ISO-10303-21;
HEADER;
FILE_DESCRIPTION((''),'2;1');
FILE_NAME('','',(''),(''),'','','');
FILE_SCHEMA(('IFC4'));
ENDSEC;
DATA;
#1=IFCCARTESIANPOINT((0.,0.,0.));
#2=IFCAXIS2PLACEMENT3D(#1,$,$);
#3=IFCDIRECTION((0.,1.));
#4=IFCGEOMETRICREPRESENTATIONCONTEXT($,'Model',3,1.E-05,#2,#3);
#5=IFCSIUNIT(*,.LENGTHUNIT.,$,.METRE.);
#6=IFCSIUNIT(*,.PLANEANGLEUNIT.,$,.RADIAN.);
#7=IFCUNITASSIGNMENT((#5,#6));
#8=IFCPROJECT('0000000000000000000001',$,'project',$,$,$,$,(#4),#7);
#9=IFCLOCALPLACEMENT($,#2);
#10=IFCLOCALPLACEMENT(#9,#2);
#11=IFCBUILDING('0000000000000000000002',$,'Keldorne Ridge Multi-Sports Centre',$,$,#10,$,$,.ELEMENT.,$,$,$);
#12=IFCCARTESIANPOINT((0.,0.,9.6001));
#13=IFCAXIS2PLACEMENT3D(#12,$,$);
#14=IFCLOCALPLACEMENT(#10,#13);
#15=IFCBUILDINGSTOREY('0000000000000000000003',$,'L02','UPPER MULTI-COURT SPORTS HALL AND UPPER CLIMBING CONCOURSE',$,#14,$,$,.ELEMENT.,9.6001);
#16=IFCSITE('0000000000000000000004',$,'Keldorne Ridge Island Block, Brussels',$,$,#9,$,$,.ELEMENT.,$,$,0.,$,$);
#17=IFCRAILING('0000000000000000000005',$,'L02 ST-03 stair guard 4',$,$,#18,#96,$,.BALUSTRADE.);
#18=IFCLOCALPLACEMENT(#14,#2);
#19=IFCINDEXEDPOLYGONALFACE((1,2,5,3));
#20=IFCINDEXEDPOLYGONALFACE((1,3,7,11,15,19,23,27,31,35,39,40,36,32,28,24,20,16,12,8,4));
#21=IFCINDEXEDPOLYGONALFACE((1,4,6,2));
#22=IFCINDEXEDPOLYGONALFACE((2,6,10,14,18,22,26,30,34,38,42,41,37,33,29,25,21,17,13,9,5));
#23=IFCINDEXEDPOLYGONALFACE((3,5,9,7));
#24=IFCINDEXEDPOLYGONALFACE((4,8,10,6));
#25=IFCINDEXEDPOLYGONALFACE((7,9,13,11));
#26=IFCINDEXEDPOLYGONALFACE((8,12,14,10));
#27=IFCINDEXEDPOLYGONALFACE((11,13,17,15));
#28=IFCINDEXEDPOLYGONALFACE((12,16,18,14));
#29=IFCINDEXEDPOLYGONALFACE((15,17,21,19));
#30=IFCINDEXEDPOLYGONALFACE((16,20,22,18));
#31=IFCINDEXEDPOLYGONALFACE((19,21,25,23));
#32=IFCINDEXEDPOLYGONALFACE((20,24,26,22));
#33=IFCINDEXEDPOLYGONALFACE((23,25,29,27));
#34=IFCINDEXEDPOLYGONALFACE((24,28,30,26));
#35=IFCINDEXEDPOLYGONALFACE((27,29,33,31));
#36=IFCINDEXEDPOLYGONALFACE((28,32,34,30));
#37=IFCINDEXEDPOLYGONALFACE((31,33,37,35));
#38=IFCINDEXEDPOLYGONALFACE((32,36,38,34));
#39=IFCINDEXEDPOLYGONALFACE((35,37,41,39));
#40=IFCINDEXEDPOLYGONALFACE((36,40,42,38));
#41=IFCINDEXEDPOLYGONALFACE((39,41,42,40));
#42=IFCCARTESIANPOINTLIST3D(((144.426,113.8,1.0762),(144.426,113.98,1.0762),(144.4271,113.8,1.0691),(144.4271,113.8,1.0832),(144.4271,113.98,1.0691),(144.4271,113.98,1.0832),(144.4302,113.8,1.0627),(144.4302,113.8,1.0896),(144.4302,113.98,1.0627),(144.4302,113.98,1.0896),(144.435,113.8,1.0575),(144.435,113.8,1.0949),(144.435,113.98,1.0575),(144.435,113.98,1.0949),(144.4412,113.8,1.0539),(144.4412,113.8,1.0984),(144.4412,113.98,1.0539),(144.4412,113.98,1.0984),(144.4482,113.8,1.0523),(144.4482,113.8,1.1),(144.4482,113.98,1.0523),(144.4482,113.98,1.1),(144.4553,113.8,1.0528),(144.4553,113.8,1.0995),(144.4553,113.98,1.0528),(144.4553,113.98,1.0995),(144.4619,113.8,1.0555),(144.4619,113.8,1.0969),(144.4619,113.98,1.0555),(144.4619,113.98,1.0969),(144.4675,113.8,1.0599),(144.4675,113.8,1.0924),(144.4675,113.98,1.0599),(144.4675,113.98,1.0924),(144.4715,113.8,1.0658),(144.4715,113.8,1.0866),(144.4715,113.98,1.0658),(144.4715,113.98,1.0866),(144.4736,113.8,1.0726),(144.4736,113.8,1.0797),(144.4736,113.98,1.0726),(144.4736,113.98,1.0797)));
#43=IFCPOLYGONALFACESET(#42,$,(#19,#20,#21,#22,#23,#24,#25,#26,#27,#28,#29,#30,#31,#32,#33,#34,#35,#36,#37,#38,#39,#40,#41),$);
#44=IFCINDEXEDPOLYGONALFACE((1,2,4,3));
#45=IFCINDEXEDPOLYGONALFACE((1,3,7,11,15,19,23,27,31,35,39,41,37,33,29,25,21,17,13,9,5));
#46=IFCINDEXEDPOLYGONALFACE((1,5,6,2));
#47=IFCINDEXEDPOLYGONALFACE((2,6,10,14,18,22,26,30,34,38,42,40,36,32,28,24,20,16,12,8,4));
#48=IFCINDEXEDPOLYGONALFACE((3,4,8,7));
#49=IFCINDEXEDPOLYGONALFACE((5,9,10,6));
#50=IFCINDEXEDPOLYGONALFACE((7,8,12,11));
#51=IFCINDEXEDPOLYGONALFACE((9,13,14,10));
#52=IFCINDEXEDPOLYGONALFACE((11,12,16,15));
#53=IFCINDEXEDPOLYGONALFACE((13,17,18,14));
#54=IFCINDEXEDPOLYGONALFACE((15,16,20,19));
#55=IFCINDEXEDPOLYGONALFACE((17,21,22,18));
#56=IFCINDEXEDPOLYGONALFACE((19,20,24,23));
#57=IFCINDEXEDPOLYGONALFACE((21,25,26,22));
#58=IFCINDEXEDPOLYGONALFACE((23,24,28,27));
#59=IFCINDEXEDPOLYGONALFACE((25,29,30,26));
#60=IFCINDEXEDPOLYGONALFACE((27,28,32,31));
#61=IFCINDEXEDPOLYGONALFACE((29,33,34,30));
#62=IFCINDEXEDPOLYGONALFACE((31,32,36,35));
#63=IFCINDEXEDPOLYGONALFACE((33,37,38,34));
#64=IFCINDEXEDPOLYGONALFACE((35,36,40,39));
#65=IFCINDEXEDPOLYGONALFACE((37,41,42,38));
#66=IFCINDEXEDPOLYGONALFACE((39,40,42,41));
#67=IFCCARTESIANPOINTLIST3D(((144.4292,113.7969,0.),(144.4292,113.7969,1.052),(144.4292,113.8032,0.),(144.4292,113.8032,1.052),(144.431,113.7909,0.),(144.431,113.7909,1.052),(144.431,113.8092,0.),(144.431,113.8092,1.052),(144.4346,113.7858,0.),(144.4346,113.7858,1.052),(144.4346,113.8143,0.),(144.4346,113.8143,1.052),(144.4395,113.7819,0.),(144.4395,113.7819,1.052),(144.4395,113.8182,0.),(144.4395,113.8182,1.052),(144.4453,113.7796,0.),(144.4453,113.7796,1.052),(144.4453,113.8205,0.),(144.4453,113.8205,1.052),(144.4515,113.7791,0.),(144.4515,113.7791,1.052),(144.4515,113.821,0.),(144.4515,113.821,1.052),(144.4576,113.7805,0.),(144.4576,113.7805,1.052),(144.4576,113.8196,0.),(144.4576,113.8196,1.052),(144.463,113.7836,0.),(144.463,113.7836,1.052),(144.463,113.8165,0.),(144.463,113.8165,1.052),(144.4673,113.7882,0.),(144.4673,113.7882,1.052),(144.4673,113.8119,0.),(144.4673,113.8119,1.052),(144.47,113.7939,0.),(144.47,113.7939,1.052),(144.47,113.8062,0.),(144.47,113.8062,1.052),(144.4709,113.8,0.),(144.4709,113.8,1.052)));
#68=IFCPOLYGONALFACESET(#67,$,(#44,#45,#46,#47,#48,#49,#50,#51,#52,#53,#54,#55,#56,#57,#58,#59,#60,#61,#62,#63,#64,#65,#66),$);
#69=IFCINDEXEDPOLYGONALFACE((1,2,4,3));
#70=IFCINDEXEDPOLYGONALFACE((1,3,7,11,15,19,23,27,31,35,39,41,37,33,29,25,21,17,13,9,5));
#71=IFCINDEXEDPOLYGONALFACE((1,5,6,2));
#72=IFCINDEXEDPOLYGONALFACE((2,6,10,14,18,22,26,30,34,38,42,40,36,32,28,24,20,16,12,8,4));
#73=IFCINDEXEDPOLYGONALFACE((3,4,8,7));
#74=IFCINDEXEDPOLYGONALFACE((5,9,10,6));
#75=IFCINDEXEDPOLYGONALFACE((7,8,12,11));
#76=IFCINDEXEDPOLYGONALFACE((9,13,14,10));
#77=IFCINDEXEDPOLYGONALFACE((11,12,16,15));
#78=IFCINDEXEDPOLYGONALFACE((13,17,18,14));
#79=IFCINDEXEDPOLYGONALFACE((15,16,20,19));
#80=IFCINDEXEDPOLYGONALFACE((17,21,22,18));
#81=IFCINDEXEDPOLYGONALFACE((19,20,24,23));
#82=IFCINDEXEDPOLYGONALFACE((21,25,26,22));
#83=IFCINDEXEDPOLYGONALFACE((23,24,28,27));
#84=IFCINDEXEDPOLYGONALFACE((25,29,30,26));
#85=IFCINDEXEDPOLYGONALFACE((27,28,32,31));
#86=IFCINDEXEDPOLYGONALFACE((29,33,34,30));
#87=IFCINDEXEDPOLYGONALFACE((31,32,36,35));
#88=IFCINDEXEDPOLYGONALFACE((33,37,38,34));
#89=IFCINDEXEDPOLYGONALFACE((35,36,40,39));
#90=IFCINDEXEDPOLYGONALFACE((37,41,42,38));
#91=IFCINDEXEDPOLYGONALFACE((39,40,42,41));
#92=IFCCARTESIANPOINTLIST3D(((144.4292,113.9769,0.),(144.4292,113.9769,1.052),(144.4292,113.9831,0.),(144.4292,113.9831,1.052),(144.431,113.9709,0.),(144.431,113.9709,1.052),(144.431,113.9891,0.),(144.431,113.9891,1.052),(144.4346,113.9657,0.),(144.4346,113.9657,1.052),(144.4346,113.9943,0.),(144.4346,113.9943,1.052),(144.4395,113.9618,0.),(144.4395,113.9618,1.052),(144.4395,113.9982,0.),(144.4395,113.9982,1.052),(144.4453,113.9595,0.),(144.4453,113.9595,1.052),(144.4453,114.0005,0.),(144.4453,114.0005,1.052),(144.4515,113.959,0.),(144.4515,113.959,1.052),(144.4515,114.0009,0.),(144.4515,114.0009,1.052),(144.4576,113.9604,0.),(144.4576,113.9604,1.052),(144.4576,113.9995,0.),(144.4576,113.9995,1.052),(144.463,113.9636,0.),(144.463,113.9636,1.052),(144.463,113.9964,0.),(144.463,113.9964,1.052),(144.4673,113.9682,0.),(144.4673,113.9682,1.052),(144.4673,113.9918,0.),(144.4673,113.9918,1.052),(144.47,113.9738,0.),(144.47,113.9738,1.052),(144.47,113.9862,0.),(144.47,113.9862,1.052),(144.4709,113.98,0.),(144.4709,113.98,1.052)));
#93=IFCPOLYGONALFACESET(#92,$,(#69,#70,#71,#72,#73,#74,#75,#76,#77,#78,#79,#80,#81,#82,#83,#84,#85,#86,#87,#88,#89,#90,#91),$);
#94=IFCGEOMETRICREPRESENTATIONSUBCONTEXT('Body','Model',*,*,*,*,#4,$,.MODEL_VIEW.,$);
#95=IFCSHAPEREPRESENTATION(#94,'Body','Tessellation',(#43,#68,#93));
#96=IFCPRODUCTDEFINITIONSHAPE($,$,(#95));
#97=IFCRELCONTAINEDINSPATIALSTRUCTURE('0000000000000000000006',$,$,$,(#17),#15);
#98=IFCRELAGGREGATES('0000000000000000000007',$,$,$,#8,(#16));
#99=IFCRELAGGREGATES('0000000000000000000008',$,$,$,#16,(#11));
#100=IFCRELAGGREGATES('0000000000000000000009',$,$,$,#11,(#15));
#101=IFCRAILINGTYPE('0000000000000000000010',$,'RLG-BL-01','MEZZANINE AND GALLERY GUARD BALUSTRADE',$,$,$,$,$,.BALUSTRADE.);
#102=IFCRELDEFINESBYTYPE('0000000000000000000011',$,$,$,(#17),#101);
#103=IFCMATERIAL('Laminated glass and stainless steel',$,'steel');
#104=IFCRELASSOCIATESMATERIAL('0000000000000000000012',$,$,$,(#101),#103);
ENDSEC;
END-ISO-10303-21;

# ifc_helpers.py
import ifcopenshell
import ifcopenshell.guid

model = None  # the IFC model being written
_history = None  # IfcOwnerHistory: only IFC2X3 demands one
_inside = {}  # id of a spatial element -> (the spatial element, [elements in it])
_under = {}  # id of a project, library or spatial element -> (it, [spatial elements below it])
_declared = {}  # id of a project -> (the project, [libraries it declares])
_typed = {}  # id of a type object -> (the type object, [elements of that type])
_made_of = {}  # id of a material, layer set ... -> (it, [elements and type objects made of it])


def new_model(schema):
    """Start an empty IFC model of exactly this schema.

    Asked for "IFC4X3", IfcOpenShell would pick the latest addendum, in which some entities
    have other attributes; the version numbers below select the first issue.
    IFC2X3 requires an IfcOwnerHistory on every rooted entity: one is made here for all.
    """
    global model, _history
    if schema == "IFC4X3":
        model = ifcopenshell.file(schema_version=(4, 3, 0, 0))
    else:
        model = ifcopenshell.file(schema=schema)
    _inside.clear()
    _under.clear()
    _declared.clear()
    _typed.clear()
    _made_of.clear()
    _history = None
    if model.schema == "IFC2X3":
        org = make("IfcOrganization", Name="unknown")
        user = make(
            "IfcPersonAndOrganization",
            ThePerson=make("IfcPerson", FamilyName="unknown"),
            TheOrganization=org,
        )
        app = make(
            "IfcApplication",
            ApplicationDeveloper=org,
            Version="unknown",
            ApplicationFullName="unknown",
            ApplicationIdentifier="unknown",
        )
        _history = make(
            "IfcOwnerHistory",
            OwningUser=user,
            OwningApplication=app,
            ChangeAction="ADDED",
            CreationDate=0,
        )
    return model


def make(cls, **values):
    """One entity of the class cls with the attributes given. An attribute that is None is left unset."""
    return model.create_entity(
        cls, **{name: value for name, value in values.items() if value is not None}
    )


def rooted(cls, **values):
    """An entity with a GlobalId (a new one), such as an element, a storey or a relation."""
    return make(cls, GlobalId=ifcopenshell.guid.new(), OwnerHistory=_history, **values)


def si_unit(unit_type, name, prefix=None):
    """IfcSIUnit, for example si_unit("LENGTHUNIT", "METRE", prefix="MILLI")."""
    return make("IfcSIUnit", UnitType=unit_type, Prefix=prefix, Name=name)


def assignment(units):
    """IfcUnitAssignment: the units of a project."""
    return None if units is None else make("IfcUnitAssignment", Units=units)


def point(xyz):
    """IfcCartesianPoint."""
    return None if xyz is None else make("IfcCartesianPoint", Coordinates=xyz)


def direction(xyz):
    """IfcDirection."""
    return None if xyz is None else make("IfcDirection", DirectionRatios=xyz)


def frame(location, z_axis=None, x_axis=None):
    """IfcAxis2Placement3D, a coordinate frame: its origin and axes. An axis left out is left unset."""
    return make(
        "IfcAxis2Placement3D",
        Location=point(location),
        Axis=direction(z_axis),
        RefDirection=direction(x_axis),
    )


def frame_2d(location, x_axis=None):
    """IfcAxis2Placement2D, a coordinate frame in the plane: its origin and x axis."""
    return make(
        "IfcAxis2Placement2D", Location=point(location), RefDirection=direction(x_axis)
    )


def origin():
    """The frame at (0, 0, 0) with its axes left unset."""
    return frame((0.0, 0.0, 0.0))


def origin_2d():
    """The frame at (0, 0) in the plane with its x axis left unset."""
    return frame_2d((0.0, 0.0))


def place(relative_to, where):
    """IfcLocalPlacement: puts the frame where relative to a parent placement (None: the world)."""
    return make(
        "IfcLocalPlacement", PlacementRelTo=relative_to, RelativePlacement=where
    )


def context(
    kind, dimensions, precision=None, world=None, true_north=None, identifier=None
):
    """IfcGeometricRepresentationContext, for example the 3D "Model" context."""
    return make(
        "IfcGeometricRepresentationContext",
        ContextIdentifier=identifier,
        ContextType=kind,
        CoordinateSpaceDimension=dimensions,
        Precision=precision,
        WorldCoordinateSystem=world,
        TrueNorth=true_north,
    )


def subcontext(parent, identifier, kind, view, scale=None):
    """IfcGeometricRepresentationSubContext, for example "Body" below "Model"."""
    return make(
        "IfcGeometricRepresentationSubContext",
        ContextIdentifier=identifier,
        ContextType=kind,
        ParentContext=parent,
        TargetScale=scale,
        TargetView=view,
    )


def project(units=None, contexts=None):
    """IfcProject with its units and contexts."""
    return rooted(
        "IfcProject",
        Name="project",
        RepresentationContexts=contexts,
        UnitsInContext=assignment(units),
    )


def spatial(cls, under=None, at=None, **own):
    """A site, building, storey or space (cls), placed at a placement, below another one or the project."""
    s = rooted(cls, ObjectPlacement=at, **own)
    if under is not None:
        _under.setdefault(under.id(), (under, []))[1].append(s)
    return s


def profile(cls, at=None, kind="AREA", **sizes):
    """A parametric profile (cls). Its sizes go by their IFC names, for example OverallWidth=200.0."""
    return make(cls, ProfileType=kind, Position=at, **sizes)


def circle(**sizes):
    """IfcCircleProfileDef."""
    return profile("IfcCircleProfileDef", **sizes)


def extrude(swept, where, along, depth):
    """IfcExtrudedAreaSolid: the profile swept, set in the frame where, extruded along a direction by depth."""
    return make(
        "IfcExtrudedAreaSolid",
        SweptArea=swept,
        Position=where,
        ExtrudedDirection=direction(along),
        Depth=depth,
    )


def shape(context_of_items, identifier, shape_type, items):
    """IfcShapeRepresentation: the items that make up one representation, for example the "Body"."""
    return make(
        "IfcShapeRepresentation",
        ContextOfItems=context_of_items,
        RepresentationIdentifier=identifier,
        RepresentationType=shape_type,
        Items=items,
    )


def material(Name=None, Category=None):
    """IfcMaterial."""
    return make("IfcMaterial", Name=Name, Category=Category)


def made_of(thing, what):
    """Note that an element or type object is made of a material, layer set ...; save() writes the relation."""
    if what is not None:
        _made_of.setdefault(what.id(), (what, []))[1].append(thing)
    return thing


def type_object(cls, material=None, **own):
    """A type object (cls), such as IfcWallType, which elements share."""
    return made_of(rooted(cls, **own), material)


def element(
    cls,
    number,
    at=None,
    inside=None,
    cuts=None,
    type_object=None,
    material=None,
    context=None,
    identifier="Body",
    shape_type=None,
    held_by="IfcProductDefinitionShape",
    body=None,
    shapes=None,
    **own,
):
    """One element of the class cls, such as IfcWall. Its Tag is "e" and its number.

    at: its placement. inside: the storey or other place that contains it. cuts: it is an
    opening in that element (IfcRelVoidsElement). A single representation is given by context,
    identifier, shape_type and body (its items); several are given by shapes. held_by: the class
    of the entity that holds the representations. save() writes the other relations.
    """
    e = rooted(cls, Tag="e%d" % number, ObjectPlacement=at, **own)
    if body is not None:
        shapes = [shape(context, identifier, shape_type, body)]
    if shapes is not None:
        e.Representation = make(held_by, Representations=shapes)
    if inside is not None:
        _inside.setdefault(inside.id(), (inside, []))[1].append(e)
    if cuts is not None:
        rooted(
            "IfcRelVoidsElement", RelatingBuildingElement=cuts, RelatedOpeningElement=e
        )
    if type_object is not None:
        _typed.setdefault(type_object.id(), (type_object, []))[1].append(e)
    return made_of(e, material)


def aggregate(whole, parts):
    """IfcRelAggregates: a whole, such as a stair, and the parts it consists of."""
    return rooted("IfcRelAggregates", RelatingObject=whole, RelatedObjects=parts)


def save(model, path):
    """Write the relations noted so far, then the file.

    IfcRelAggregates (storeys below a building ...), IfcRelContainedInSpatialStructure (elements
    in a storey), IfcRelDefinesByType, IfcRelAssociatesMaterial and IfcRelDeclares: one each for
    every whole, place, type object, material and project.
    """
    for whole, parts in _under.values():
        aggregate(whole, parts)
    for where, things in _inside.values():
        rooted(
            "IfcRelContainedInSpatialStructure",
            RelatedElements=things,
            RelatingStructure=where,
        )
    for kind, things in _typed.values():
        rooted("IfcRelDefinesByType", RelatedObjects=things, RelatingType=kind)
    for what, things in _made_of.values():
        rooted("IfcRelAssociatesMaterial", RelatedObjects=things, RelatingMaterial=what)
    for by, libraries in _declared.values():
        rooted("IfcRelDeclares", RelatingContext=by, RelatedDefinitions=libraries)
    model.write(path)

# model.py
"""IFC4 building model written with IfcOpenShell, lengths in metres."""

from ifc_helpers import new_model, si_unit, direction, frame, origin, origin_2d, place, context, subcontext, project, spatial, circle, extrude, material, type_object, element, save


model = new_model("IFC4")

# Units and contexts
model_context = context("Model", 3, precision=1e-05, world=origin(), true_north=direction((0.0, 1.0)))
body_context = subcontext(model_context, "Body", "Model", "MODEL_VIEW")
ifc_project = project(units=[si_unit("LENGTHUNIT", "METRE"), si_unit("PLANEANGLEUNIT", "RADIAN")], contexts=[model_context])

# Site, building, storey
site_placement = place(None, origin())
site = spatial("IfcSite", under=ifc_project, at=site_placement, Name="Keldorne Ridge Island Block, Brussels", CompositionType="ELEMENT", RefElevation=0.0)
building_placement = place(site_placement, origin())
building = spatial("IfcBuilding", under=site, at=building_placement, Name="Keldorne Ridge Multi-Sports Centre", CompositionType="ELEMENT")
storey_placement = place(building_placement, frame((0.0, 0.0, 9.6001)))
storey = spatial("IfcBuildingStorey", under=building, at=storey_placement, Name="L02", Description="UPPER MULTI-COURT SPORTS HALL AND UPPER CLIMBING CONCOURSE", CompositionType="ELEMENT", Elevation=9.6001)

# Railing
ifc_material_1 = material(Name="Laminated glass and stainless steel", Category="steel")
railing_type_1 = type_object("IfcRailingType", Name="RLG-BL-01", Description="MEZZANINE AND GALLERY GUARD BALUSTRADE", PredefinedType="BALUSTRADE", material=ifc_material_1)
railing_1_placement = place(storey_placement, frame((144.45, 113.8, 0.0)))
element("IfcRailing", 1, at=railing_1_placement, inside=storey, type_object=railing_type_1, Name="L02 ST-03 stair guard 4", PredefinedType="BALUSTRADE", context=body_context, shape_type="SweptSolid", body=[
    extrude(circle(Radius=0.0239, at=origin_2d()), frame((0.0, 0.0, 1.0762), z_axis=(0.0, 1.0, 0.0), x_axis=(-1.0, 0.0, 0.0)), (0.0, 0.0, 1.0), 0.1799),
    extrude(circle(Radius=0.021, at=origin_2d()), origin(), (0.0, 0.0, 1.0), 1.052),
    extrude(circle(Radius=0.021, at=origin_2d()), frame((0.0, 0.1799, 0.0)), (0.0, 0.0, 1.0), 1.052),
])

save(model, "model.ifc")
